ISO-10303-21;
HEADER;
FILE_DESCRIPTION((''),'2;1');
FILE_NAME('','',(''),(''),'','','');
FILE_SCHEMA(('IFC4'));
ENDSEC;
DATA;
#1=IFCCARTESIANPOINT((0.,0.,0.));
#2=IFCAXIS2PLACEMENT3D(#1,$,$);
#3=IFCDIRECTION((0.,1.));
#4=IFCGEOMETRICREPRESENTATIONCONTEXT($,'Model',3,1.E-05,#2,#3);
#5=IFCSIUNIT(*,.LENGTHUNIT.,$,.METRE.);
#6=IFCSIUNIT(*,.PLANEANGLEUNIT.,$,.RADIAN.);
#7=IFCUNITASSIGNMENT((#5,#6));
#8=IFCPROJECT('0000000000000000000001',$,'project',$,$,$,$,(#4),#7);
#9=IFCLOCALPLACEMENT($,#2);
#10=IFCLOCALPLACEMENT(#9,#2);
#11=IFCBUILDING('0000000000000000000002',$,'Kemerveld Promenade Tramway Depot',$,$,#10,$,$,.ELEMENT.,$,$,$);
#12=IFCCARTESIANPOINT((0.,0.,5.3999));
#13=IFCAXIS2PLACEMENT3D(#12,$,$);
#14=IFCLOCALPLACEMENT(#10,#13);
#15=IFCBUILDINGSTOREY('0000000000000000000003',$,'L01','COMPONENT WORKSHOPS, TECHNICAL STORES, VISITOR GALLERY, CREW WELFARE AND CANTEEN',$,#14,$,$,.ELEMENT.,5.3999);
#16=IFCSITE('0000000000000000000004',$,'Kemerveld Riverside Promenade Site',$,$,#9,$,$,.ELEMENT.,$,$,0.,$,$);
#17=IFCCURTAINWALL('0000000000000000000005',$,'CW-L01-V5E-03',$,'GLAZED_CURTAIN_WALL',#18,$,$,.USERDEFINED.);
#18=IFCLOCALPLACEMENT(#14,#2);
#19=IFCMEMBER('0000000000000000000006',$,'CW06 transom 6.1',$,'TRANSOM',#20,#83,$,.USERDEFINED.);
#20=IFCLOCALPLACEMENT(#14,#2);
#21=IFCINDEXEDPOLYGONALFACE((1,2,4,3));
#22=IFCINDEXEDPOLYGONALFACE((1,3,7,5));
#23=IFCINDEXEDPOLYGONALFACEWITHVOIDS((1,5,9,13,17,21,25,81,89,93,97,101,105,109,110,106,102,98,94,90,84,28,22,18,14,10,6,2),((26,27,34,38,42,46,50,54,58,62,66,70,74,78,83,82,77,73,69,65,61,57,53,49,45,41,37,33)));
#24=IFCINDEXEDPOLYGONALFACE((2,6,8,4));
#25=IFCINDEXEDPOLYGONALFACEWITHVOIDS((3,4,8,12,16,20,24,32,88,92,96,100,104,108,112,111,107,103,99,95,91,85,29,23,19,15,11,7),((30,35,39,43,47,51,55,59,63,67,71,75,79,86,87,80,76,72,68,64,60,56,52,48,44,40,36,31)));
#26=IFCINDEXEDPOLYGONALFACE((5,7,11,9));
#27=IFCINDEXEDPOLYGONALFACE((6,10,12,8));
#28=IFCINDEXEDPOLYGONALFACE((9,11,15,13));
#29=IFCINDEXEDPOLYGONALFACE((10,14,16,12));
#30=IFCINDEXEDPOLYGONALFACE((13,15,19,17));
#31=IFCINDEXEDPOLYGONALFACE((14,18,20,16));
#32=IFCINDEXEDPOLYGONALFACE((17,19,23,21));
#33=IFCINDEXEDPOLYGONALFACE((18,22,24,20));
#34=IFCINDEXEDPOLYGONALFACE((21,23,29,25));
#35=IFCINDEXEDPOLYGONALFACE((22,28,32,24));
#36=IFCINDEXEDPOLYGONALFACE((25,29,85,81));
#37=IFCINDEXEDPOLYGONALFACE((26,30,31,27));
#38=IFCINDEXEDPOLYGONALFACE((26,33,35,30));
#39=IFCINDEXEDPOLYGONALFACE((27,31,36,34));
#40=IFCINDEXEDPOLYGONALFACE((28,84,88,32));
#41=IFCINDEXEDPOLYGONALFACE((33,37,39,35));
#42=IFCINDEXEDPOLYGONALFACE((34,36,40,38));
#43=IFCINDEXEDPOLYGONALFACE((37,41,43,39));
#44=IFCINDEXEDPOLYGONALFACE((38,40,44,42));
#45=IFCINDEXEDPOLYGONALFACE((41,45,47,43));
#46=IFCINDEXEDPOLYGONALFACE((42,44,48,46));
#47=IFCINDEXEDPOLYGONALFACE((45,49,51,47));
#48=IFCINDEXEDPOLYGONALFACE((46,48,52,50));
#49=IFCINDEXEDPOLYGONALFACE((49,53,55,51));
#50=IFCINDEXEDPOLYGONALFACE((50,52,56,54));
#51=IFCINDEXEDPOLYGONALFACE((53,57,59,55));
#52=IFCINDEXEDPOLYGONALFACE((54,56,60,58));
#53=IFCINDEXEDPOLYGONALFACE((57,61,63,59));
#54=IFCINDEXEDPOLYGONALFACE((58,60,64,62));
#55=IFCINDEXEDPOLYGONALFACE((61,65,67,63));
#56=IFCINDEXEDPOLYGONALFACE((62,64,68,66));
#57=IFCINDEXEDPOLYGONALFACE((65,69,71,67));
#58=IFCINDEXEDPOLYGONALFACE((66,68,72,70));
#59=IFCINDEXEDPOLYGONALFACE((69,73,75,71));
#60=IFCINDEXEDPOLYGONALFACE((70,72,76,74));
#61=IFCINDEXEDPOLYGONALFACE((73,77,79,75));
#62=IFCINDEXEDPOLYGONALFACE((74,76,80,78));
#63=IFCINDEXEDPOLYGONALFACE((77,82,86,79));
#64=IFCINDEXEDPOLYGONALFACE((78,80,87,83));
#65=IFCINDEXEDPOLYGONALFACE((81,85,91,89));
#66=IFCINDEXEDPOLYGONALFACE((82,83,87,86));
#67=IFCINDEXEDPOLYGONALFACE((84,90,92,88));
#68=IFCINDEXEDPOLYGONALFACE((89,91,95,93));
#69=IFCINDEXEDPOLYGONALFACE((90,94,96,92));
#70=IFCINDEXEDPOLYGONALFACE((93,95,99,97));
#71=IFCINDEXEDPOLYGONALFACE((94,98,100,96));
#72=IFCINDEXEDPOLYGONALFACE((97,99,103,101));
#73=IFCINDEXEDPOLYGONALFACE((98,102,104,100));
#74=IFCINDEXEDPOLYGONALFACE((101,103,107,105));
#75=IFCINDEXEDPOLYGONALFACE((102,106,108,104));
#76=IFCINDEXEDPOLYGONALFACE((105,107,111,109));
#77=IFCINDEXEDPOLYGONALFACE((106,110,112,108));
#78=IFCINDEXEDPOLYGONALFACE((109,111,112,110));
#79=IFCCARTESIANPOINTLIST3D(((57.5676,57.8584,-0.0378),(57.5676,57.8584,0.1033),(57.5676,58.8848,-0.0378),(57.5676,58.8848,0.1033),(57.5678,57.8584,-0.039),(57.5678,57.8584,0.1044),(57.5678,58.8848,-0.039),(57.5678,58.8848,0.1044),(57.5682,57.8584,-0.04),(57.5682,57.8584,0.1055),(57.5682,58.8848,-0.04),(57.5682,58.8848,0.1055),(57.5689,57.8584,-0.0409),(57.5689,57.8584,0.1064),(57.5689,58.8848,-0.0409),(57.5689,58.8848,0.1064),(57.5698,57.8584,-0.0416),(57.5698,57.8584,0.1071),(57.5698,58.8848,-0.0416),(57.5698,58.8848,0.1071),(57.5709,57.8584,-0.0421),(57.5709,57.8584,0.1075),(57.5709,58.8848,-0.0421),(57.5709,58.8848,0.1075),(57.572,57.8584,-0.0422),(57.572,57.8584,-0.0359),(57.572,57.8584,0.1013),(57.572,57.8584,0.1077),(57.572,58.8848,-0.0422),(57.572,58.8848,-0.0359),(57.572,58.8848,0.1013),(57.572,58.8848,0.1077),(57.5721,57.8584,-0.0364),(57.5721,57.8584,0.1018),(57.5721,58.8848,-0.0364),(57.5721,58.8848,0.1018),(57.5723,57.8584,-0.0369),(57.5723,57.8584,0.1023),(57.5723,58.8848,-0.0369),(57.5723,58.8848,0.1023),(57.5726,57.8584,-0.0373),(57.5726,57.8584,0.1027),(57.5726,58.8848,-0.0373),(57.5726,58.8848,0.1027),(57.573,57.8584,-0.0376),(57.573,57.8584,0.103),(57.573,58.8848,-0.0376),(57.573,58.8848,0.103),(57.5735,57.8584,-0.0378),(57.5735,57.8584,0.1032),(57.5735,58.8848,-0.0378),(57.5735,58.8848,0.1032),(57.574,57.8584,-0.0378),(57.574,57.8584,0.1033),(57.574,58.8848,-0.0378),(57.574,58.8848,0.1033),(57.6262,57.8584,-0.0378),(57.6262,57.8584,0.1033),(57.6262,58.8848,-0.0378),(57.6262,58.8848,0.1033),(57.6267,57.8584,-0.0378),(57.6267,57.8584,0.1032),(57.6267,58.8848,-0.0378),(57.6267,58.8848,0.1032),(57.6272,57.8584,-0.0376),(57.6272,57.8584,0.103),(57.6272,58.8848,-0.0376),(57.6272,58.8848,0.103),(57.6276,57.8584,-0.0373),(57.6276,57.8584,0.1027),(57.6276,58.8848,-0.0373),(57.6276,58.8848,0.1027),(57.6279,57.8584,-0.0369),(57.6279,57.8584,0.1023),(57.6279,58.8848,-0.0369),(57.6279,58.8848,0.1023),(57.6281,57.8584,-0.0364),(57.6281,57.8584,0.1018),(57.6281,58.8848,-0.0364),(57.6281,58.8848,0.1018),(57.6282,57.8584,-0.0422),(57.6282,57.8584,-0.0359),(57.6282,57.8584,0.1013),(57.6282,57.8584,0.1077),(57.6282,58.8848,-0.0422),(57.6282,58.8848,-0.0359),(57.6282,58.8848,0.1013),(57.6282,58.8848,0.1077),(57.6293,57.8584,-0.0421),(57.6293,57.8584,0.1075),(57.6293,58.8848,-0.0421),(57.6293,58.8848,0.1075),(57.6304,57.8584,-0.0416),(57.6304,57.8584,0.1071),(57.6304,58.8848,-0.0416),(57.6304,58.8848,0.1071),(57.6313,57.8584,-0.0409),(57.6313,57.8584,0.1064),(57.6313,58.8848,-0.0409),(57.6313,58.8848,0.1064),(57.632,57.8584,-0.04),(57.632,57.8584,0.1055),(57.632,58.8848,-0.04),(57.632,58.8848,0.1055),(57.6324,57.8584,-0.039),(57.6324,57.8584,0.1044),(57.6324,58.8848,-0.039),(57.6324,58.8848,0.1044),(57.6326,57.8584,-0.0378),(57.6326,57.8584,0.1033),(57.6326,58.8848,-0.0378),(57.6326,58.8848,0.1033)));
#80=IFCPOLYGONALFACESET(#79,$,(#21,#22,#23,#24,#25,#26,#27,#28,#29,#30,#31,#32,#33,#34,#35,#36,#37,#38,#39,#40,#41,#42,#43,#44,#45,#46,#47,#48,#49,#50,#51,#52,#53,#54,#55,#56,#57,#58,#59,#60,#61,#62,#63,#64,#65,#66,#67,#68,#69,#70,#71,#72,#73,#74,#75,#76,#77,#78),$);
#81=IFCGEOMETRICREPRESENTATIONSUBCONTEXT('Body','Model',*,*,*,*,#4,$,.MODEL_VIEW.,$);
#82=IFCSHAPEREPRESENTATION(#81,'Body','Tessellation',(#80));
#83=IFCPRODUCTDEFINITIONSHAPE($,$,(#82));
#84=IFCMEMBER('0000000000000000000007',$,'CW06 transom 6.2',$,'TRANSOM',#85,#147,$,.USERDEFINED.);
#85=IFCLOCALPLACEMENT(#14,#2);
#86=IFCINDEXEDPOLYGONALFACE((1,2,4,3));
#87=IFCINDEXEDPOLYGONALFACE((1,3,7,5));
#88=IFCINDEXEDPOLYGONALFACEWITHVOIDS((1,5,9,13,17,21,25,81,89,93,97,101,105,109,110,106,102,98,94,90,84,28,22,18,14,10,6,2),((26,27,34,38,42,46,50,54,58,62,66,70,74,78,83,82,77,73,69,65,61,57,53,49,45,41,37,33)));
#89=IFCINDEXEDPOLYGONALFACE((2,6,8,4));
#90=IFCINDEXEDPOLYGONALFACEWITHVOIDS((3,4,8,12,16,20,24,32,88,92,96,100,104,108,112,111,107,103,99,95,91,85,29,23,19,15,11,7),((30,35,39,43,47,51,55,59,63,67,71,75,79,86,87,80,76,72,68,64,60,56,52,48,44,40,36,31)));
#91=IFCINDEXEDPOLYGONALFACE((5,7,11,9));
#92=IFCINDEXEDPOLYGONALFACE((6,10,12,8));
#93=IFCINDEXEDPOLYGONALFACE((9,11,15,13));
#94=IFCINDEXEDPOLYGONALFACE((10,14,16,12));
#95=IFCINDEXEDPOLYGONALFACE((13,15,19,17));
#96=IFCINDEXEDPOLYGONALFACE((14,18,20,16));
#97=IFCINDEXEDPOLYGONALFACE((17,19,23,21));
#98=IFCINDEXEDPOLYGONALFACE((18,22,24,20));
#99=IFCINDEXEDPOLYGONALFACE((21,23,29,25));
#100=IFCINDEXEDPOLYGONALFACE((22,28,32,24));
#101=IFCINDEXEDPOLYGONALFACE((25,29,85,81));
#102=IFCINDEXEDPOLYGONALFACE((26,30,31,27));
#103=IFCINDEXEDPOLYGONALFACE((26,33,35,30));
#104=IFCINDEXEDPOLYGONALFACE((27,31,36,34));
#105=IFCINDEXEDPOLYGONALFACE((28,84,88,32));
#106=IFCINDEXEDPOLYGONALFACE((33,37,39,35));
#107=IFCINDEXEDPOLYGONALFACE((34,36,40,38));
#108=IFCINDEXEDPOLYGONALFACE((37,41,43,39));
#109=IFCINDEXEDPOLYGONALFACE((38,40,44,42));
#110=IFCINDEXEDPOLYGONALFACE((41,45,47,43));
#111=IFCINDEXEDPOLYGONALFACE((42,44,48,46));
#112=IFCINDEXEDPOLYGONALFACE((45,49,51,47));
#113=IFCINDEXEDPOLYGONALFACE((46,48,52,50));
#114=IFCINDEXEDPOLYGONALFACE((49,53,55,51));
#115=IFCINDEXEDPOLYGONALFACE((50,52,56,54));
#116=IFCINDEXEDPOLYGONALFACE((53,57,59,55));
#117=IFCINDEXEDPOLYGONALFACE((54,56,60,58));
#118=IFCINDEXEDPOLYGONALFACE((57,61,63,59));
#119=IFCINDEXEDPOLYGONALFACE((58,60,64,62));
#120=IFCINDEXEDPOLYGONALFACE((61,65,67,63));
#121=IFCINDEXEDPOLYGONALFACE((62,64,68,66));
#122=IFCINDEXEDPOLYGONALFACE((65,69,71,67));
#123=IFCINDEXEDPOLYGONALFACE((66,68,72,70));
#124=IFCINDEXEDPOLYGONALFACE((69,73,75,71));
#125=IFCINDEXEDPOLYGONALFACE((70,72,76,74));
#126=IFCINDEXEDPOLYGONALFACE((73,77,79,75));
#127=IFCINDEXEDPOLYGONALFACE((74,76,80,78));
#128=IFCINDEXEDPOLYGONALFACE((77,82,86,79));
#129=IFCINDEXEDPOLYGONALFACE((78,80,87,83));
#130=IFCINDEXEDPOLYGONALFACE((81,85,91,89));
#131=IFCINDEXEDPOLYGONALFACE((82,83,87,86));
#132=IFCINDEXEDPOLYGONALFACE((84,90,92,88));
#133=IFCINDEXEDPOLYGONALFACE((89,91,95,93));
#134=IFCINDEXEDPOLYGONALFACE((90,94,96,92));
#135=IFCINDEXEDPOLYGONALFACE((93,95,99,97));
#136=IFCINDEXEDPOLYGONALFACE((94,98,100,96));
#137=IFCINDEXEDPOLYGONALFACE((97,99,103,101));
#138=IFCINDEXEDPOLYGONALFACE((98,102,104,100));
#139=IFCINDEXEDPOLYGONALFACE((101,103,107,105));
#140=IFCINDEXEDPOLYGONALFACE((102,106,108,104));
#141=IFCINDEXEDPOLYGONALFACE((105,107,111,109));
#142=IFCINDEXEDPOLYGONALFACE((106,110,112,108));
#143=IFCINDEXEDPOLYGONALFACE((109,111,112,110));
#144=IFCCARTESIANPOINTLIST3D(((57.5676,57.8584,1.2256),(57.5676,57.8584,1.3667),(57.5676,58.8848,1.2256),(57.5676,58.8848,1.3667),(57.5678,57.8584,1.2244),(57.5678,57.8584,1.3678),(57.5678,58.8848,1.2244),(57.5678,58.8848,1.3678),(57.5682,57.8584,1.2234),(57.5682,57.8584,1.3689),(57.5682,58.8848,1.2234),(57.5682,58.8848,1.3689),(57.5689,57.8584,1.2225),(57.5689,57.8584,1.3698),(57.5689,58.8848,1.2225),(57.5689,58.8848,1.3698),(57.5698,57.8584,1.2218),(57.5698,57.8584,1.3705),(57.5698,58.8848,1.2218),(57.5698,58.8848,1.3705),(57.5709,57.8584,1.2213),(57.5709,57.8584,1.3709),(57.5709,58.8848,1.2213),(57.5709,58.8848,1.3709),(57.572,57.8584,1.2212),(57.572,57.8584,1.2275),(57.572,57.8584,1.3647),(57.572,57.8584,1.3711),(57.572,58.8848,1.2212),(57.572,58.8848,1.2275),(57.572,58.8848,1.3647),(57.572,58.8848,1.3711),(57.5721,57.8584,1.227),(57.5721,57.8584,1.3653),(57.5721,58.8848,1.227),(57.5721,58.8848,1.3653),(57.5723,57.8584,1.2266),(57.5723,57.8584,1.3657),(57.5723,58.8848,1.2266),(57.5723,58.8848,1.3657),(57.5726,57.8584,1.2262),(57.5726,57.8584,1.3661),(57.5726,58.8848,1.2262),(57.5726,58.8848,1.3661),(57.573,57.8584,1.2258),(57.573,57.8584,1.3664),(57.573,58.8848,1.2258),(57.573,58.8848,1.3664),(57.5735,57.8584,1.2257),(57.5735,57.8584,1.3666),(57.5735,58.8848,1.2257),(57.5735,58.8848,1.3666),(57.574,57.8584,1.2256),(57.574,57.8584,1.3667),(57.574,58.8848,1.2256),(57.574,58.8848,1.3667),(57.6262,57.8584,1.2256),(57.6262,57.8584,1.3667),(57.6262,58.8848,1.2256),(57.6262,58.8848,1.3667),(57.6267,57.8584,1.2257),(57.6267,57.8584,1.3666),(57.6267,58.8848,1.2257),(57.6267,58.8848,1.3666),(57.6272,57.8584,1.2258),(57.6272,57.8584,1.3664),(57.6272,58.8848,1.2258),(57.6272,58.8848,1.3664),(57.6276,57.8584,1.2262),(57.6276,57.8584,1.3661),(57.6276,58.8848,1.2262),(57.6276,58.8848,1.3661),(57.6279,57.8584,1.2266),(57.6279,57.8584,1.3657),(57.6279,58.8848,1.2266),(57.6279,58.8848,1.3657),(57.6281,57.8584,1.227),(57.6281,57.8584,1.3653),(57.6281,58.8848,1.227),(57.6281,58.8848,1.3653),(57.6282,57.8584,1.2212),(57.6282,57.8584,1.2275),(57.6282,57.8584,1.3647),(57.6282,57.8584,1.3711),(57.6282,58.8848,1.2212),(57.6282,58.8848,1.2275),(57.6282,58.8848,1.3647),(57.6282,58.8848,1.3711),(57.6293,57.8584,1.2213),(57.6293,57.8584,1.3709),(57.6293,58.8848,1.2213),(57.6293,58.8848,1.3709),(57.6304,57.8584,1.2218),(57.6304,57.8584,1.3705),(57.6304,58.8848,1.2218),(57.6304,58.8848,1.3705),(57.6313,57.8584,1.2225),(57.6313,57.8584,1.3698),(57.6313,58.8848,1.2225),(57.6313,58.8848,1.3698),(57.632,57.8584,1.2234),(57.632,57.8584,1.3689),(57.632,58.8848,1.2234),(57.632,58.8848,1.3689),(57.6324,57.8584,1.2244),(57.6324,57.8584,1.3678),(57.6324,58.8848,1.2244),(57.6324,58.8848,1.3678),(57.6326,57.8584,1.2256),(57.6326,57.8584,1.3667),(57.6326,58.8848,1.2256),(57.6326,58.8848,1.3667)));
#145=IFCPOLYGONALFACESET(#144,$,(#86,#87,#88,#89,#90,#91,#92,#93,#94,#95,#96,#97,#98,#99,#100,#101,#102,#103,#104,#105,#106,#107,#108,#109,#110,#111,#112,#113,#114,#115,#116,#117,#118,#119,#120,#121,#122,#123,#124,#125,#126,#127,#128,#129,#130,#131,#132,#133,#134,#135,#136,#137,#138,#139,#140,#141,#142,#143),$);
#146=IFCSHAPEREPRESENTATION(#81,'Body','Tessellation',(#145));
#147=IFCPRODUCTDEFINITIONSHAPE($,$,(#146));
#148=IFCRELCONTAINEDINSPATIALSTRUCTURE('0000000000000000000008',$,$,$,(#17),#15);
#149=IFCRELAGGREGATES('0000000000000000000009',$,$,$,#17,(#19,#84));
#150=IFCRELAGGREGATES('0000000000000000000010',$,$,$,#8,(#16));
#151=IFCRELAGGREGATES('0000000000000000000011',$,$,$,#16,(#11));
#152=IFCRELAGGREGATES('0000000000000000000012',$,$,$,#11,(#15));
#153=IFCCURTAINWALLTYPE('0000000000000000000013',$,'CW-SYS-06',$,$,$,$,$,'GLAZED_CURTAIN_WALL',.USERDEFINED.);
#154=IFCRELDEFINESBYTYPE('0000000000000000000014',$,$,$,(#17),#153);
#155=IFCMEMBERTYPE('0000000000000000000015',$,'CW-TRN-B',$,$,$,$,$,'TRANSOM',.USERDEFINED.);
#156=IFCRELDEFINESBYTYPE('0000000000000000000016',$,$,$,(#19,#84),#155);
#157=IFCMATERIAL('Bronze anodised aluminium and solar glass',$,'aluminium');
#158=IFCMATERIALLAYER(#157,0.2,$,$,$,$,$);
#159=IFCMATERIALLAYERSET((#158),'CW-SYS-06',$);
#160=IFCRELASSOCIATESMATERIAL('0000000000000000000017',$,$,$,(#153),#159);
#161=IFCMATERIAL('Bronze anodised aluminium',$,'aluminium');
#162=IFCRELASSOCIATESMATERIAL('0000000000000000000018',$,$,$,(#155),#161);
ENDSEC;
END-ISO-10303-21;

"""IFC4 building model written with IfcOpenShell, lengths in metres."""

from ifc_helpers import new_model, si_unit, direction, frame, origin, origin_2d, place, context, subcontext, project, spatial, hollow_rectangle, extrude, material, layer, layer_set, material_profile, profile_set, type_object, element, aggregate, save


model = new_model("IFC4")

# Units and contexts
model_context = context("Model", 3, precision=1e-05, world=origin(), true_north=direction((0.0, 1.0)))
body_context = subcontext(model_context, "Body", "Model", "MODEL_VIEW")
ifc_project = project(units=[si_unit("LENGTHUNIT", "METRE"), si_unit("PLANEANGLEUNIT", "RADIAN")], contexts=[model_context])

# Site, building, storey
site_placement = place(None, origin())
site = spatial("IfcSite", under=ifc_project, at=site_placement, Name="Kemerveld Riverside Promenade Site", CompositionType="ELEMENT", RefElevation=0.0)
building_placement = place(site_placement, origin())
building = spatial("IfcBuilding", under=site, at=building_placement, Name="Kemerveld Promenade Tramway Depot", CompositionType="ELEMENT")
storey_placement = place(building_placement, frame((0.0, 0.0, 5.3999)))
storey = spatial("IfcBuildingStorey", under=building, at=storey_placement, Name="L01", Description="COMPONENT WORKSHOPS, TECHNICAL STORES, VISITOR GALLERY, CREW WELFARE AND CANTEEN", CompositionType="ELEMENT", Elevation=5.3999)

# Curtain wall, members
ifc_material_1 = material(Name="Bronze anodised aluminium and solar glass", Category="aluminium")
ifc_layer_1 = layer(ifc_material_1, 0.2)
ifc_layer_set_1 = layer_set([ifc_layer_1], Name="CW-SYS-06")
curtain_wall_type = type_object("IfcCurtainWallType", Name="CW-SYS-06", ElementType="GLAZED_CURTAIN_WALL", PredefinedType="USERDEFINED", material=ifc_layer_set_1)
curtain_wall_placement = place(storey_placement, origin())
curtain_wall = element("IfcCurtainWall", 1, at=curtain_wall_placement, inside=storey, type_object=curtain_wall_type, Name="CW-L01-V5E-03", ObjectType="GLAZED_CURTAIN_WALL", PredefinedType="USERDEFINED")
ifc_material_2 = material(Name="Bronze anodised aluminium", Category="aluminium")
ifc_material_profile_1 = material_profile(ifc_material_2, hollow_rectangle(XDim=0.0649, YDim=0.1499, WallThickness=0.0044, InnerFilletRadius=0.002, OuterFilletRadius=0.0044, at=origin_2d()), Name="CW-TRN-150x65")
ifc_profile_set_1 = profile_set([ifc_material_profile_1], Name="Bronze anodised aluminium")
member_type_1 = type_object("IfcMemberType", Name="CW-TRN-B", ElementType="TRANSOM", PredefinedType="USERDEFINED", material=ifc_profile_set_1)
member_1_placement = place(storey_placement, frame((57.6001, 58.8848, 0.0327), z_axis=(0.0, -1.0, 0.0), x_axis=(1.0, 0.0, 0.0)))
member_1 = element("IfcMember", 2, at=member_1_placement, type_object=member_type_1, Name="CW06 transom 6.1", ObjectType="TRANSOM", PredefinedType="USERDEFINED", context=body_context, shape_type="SweptSolid", body=[
    extrude(hollow_rectangle(XDim=0.0649, YDim=0.1499, WallThickness=0.0044, InnerFilletRadius=0.002, OuterFilletRadius=0.0044, at=origin_2d()), origin(), (0.0, 0.0, 1.0), 1.0264),
])
member_2_placement = place(storey_placement, frame((57.6001, 58.8848, 1.2961), z_axis=(0.0, -1.0, 0.0), x_axis=(1.0, 0.0, 0.0)))
member_2 = element("IfcMember", 3, at=member_2_placement, type_object=member_type_1, Name="CW06 transom 6.2", ObjectType="TRANSOM", PredefinedType="USERDEFINED", context=body_context, shape_type="SweptSolid", body=[
    extrude(hollow_rectangle(XDim=0.0649, YDim=0.1499, WallThickness=0.0044, InnerFilletRadius=0.002, OuterFilletRadius=0.0044, at=origin_2d()), origin(), (0.0, 0.0, 1.0), 1.0264),
])
aggregate(curtain_wall, [member_1, member_2])

save(model, "model.ifc")
